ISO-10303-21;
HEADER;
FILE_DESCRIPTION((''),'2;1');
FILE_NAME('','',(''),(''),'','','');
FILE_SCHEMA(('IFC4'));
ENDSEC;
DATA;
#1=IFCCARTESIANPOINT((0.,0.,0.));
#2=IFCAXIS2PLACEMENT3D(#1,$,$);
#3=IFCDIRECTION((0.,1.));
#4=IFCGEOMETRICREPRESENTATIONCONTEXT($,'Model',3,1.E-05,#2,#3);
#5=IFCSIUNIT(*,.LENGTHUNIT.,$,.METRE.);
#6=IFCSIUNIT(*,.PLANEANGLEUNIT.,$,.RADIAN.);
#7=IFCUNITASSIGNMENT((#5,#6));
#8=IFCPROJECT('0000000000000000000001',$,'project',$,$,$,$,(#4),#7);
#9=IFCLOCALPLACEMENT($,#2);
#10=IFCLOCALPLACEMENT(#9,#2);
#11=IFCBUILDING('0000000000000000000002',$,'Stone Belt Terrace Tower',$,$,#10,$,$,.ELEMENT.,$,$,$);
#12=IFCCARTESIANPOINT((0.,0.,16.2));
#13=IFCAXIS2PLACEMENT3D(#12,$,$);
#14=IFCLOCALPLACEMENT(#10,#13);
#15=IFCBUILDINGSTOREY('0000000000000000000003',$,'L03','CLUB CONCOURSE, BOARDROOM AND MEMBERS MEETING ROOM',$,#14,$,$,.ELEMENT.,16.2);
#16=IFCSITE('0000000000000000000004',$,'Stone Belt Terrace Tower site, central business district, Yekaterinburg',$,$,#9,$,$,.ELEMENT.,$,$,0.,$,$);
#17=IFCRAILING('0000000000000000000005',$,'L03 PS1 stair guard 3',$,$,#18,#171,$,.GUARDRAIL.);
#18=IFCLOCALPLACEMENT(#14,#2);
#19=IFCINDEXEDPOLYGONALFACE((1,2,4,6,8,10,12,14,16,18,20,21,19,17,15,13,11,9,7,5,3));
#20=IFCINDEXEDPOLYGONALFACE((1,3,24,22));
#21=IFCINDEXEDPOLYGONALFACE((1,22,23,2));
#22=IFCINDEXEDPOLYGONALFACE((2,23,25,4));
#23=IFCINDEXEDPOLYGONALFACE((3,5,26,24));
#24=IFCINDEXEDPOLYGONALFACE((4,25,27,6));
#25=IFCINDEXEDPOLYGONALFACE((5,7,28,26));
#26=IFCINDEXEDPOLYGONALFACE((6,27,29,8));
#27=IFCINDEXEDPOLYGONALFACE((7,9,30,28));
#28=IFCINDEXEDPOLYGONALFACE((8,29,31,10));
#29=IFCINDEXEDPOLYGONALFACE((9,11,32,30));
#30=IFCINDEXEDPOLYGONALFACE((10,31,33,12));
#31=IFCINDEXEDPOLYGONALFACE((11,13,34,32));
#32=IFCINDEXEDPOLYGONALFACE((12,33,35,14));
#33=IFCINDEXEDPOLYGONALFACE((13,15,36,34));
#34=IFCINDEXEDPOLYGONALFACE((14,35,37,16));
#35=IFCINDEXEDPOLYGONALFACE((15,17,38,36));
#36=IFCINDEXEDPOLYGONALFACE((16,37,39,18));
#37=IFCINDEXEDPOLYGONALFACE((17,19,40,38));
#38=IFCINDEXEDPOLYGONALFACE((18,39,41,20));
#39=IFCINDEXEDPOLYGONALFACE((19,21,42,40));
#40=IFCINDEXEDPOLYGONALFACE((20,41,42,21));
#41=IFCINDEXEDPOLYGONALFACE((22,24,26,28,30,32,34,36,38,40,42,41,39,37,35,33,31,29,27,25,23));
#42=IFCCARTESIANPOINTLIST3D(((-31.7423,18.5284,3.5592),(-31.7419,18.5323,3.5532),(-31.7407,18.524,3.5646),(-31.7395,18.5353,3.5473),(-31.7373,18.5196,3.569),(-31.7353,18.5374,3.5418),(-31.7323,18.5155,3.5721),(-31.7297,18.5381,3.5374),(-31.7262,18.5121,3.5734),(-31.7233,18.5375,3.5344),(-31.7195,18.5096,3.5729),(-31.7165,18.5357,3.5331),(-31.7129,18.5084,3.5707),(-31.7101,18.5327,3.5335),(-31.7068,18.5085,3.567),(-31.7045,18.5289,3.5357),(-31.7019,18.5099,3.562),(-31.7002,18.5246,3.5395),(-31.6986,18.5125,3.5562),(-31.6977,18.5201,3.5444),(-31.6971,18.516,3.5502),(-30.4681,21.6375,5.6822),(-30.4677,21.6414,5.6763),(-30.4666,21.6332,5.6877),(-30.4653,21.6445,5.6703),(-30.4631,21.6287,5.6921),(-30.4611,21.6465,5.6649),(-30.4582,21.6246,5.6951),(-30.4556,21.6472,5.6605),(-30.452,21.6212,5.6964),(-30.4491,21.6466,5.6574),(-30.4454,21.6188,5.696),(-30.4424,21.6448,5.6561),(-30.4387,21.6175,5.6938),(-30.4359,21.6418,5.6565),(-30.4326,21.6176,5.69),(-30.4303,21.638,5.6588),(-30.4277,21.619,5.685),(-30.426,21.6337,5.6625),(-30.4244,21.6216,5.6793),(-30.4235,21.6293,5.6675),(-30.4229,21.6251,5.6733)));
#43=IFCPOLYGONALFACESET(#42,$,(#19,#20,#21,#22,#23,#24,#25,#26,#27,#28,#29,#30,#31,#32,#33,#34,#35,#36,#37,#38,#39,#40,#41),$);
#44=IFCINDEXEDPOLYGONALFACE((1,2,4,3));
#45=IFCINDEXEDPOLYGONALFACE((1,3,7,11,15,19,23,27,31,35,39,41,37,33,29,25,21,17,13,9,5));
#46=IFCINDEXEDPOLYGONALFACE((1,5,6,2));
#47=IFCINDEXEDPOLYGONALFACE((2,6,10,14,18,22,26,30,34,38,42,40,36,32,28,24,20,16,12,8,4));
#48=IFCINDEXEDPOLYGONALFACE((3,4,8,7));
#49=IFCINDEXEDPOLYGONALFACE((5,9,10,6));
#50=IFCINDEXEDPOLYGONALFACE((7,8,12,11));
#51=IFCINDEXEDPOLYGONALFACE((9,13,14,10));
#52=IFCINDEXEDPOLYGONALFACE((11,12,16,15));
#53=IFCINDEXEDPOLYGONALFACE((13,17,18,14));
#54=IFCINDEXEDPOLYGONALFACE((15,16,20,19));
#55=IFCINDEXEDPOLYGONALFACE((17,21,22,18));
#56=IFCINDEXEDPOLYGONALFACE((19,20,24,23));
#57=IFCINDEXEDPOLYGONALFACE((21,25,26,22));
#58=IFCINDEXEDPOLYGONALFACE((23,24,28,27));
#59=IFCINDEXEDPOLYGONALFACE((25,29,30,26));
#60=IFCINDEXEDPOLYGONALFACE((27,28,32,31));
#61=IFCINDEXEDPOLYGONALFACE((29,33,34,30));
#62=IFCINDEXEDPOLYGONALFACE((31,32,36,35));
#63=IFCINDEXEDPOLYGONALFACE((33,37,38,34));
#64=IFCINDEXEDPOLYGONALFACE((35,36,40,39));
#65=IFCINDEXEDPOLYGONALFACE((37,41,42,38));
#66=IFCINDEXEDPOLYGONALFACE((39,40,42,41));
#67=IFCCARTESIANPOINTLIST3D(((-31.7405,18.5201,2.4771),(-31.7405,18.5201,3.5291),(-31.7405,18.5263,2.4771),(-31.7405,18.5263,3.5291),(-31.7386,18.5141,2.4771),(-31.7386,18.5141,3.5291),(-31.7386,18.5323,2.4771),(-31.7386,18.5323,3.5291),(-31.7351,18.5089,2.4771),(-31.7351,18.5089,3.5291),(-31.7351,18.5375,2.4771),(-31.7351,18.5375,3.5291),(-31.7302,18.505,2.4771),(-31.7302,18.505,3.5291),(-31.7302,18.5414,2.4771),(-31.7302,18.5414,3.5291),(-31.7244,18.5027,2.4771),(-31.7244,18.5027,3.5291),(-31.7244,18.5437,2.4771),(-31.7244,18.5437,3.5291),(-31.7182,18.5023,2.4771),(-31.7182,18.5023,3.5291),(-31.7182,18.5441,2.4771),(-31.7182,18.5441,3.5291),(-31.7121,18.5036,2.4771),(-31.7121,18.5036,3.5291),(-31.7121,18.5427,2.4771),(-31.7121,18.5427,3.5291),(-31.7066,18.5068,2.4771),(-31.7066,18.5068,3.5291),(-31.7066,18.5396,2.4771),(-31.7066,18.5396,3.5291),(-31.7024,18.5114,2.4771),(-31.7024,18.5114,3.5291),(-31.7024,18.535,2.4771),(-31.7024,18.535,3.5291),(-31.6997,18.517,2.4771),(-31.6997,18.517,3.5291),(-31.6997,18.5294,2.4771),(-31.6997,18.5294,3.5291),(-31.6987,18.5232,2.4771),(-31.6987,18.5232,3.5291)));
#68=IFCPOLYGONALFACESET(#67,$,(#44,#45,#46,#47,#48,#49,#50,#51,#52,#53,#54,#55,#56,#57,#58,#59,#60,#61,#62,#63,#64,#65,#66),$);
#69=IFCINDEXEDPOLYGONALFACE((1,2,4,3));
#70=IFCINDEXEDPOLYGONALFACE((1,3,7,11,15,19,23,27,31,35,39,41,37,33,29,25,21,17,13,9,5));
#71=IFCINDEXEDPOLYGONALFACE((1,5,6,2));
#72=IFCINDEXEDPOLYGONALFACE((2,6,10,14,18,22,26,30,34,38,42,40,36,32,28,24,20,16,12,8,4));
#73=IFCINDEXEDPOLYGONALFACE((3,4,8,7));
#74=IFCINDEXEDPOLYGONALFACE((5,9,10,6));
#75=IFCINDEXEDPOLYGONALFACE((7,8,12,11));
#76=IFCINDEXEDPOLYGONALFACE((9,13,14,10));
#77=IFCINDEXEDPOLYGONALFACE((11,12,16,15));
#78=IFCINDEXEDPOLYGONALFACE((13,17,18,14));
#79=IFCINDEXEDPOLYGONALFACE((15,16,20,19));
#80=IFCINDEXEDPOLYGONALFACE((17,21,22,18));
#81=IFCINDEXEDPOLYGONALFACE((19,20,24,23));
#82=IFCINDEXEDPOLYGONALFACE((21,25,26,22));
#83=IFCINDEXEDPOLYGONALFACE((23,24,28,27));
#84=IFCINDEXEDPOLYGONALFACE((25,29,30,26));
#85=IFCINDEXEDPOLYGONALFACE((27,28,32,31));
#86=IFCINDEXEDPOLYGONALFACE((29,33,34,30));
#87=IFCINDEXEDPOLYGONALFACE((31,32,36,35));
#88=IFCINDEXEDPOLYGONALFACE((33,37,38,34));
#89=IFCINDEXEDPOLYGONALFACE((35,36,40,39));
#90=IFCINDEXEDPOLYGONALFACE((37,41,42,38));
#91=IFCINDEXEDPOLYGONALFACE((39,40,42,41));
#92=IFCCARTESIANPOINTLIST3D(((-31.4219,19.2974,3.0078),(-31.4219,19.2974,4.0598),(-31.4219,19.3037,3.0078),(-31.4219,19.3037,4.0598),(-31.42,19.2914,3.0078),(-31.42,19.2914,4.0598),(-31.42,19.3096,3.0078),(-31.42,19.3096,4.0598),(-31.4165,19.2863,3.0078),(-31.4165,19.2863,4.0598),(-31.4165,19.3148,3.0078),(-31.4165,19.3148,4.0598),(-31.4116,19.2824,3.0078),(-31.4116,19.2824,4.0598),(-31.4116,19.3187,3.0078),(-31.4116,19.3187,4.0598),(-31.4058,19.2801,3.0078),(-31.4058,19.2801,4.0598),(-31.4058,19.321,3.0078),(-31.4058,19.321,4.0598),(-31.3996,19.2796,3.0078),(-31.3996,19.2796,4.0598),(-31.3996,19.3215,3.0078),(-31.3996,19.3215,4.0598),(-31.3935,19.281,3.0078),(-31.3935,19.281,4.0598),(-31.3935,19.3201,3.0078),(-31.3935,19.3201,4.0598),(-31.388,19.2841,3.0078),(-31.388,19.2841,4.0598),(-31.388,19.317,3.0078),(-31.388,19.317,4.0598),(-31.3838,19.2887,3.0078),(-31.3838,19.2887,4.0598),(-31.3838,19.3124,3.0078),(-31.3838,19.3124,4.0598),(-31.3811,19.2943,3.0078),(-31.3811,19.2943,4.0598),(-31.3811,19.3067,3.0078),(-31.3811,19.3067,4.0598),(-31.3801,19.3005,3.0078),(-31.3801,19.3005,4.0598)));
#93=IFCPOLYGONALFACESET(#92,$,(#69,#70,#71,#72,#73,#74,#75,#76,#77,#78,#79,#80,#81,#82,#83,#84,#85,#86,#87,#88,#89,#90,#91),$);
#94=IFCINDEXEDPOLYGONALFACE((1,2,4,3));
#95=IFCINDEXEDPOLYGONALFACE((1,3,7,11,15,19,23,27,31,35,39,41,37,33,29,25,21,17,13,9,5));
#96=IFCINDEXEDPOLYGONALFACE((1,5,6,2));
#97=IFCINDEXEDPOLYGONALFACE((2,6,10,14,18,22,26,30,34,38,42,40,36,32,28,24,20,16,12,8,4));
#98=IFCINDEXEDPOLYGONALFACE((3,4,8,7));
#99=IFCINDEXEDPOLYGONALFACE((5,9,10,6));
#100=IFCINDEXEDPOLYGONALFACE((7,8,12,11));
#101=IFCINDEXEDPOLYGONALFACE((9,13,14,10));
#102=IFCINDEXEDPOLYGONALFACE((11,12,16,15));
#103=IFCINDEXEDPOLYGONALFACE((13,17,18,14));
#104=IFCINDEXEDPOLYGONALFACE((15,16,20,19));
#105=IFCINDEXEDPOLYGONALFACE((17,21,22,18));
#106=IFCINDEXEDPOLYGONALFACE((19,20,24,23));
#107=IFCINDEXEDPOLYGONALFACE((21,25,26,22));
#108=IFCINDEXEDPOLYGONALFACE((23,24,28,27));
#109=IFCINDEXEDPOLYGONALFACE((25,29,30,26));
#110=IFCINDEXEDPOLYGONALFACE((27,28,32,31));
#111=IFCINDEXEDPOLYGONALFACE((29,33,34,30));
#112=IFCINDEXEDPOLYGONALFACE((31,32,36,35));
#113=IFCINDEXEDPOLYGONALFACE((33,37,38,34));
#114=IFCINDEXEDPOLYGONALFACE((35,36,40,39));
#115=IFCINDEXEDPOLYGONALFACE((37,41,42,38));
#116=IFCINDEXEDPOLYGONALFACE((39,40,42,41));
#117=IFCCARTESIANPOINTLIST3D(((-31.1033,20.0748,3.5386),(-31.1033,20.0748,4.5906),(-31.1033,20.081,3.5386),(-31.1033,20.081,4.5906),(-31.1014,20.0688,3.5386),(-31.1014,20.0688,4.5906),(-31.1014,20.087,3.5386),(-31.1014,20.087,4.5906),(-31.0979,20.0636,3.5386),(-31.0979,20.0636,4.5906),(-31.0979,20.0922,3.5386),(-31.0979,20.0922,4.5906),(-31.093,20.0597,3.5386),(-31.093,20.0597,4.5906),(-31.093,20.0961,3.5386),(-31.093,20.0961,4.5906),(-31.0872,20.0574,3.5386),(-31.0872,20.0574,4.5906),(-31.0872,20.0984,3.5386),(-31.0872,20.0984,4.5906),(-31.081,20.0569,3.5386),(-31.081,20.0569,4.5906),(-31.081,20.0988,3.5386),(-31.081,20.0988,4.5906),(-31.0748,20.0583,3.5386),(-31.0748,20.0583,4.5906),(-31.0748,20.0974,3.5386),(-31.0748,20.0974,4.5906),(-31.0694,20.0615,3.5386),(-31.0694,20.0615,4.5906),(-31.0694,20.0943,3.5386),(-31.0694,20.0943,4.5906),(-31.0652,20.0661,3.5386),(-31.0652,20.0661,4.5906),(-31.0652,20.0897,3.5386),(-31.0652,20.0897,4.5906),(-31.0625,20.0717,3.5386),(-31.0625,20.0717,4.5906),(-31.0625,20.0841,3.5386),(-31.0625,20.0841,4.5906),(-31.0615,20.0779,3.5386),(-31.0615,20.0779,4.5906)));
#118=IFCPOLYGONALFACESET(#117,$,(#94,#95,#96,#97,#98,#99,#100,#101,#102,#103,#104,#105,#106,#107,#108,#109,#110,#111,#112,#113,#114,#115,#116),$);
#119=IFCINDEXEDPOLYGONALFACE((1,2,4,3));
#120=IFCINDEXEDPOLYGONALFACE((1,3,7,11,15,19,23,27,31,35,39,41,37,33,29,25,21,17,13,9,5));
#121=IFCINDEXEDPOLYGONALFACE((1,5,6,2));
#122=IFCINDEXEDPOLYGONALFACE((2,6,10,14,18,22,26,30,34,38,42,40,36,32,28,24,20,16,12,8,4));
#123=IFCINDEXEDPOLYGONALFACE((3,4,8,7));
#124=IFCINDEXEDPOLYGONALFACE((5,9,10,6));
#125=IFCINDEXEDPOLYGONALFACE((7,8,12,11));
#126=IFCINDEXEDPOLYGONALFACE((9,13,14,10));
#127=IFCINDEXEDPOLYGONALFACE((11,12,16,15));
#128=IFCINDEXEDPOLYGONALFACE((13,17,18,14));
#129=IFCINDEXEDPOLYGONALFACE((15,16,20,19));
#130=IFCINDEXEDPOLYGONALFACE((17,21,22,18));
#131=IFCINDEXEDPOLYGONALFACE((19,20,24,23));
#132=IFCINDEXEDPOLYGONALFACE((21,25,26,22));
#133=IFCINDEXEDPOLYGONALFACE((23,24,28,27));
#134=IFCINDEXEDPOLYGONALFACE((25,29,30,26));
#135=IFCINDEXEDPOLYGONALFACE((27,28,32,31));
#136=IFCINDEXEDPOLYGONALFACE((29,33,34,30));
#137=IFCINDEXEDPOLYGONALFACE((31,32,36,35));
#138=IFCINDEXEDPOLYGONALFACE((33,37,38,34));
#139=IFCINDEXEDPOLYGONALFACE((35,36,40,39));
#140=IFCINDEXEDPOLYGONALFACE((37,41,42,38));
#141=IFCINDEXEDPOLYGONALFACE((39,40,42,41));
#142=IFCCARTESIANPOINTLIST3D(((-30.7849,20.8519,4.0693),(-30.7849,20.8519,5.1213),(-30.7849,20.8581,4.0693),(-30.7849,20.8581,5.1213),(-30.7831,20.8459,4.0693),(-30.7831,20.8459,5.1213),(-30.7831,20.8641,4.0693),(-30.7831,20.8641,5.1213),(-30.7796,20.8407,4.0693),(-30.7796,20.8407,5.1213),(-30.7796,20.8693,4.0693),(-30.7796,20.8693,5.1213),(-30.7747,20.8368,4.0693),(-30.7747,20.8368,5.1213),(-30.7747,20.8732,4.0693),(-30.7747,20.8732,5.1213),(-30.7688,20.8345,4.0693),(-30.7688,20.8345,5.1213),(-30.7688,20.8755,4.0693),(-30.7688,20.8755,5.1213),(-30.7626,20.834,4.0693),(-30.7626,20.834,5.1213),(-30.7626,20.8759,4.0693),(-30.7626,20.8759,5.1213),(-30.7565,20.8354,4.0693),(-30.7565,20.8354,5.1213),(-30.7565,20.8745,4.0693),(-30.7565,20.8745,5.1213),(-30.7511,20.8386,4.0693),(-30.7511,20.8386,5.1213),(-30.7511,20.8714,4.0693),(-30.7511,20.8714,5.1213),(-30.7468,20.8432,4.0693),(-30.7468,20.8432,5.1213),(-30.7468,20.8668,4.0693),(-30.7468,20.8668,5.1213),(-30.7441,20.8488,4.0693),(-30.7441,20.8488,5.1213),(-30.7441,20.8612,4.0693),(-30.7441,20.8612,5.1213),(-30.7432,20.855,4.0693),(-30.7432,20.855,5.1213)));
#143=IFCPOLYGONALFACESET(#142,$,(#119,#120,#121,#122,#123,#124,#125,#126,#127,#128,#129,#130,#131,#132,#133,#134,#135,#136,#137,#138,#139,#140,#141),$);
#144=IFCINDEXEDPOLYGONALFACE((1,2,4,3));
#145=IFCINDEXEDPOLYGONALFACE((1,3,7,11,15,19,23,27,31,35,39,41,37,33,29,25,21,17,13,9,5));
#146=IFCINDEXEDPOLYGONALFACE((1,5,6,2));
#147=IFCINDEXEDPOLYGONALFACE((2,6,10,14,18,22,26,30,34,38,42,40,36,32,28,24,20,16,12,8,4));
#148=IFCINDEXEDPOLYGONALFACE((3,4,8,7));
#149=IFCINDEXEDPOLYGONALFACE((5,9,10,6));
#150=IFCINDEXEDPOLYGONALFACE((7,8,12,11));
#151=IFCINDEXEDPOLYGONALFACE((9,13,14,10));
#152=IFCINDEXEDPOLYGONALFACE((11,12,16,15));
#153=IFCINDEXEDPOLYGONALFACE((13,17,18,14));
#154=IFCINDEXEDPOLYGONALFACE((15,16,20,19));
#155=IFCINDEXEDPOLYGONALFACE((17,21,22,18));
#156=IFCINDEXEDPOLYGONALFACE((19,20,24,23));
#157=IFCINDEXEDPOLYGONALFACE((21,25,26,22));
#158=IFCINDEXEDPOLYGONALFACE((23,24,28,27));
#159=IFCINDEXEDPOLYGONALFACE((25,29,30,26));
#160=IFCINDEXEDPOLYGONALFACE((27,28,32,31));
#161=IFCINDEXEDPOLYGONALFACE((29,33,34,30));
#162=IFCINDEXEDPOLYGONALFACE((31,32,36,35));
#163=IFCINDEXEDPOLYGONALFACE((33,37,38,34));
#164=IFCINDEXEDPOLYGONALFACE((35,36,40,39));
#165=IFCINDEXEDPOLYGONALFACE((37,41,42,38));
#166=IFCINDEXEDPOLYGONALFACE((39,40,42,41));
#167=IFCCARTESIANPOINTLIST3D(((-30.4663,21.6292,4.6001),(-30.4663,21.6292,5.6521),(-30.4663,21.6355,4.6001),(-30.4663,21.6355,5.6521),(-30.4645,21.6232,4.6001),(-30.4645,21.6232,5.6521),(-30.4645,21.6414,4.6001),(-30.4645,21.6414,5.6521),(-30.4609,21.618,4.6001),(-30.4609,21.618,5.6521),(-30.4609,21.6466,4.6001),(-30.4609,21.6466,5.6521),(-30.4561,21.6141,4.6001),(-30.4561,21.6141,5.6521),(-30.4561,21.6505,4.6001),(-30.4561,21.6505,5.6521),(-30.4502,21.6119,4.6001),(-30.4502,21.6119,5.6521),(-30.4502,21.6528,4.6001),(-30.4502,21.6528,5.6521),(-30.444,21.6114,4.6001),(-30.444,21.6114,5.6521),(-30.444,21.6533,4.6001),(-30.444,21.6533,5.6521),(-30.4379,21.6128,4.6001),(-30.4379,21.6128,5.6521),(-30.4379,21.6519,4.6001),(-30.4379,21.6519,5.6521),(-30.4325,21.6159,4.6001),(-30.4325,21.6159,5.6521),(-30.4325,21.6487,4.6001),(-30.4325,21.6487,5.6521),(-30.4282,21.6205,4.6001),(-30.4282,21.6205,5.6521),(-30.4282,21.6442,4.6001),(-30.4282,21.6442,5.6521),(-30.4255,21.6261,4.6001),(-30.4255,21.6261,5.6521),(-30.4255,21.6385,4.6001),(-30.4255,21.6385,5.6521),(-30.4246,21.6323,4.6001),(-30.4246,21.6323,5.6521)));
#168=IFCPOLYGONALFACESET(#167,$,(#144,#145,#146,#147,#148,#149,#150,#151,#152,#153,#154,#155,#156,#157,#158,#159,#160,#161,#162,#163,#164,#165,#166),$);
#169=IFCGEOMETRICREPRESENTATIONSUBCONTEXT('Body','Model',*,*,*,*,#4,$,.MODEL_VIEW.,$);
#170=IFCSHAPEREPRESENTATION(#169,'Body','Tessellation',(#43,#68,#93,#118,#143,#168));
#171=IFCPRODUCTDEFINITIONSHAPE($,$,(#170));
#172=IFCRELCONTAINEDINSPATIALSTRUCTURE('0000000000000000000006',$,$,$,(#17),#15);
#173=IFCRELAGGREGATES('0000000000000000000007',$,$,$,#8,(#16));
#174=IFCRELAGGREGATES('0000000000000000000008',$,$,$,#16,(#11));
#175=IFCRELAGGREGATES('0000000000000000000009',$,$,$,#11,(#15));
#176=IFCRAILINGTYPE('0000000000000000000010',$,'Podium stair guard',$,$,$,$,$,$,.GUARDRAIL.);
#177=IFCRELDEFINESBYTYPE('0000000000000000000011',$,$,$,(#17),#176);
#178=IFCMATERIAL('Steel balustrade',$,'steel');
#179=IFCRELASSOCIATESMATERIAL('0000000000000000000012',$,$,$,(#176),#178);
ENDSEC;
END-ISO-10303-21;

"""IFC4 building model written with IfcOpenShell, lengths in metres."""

from ifc_helpers import new_model, si_unit, direction, frame, origin, origin_2d, place, context, subcontext, project, spatial, circle, extrude, material, type_object, element, save


model = new_model("IFC4")

# Units and contexts
model_context = context("Model", 3, precision=1e-05, world=origin(), true_north=direction((0.0, 1.0)))
body_context = subcontext(model_context, "Body", "Model", "MODEL_VIEW")
ifc_project = project(units=[si_unit("LENGTHUNIT", "METRE"), si_unit("PLANEANGLEUNIT", "RADIAN")], contexts=[model_context])

# Site, building, storey
site_placement = place(None, origin())
site = spatial("IfcSite", under=ifc_project, at=site_placement, Name="Stone Belt Terrace Tower site, central business district, Yekaterinburg", CompositionType="ELEMENT", RefElevation=0.0)
building_placement = place(site_placement, origin())
building = spatial("IfcBuilding", under=site, at=building_placement, Name="Stone Belt Terrace Tower", CompositionType="ELEMENT")
storey_placement = place(building_placement, frame((0.0, 0.0, 16.2)))
storey = spatial("IfcBuildingStorey", under=building, at=storey_placement, Name="L03", Description="CLUB CONCOURSE, BOARDROOM AND MEMBERS MEETING ROOM", CompositionType="ELEMENT", Elevation=16.2)

# Railing
ifc_material_1 = material(Name="Steel balustrade", Category="steel")
railing_type_1 = type_object("IfcRailingType", Name="Podium stair guard", PredefinedType="GUARDRAIL", material=ifc_material_1)
railing_1_placement = place(storey_placement, frame((-31.7197, 18.5232, 2.4771)))
element("IfcRailing", 1, at=railing_1_placement, inside=storey, type_object=railing_type_1, Name="L03 PS1 stair guard 3", PredefinedType="GUARDRAIL", context=body_context, shape_type="SweptSolid", body=[
    extrude(circle(Radius=0.0239, at=origin_2d()), frame((0.0, 0.0, 1.0762), z_axis=(0.320577, 0.782248, 0.534152), x_axis=(-0.925312, 0.379207, 0.0)), (0.0, 0.0, 1.0), 3.9746),
    extrude(circle(Radius=0.021, at=origin_2d()), origin(), (0.0, 0.0, 1.0), 1.052),
    extrude(circle(Radius=0.021, at=origin_2d()), frame((0.3186, 0.7773, 0.5308)), (0.0, 0.0, 1.0), 1.052),
    extrude(circle(Radius=0.021, at=origin_2d()), frame((0.6372, 1.5547, 1.0615)), (0.0, 0.0, 1.0), 1.052),
    extrude(circle(Radius=0.021, at=origin_2d()), frame((0.9556, 2.3318, 1.5923)), (0.0, 0.0, 1.0), 1.052),
    extrude(circle(Radius=0.021, at=origin_2d()), frame((1.2742, 3.1091, 2.123)), (0.0, 0.0, 1.0), 1.052),
])

save(model, "model.ifc")
